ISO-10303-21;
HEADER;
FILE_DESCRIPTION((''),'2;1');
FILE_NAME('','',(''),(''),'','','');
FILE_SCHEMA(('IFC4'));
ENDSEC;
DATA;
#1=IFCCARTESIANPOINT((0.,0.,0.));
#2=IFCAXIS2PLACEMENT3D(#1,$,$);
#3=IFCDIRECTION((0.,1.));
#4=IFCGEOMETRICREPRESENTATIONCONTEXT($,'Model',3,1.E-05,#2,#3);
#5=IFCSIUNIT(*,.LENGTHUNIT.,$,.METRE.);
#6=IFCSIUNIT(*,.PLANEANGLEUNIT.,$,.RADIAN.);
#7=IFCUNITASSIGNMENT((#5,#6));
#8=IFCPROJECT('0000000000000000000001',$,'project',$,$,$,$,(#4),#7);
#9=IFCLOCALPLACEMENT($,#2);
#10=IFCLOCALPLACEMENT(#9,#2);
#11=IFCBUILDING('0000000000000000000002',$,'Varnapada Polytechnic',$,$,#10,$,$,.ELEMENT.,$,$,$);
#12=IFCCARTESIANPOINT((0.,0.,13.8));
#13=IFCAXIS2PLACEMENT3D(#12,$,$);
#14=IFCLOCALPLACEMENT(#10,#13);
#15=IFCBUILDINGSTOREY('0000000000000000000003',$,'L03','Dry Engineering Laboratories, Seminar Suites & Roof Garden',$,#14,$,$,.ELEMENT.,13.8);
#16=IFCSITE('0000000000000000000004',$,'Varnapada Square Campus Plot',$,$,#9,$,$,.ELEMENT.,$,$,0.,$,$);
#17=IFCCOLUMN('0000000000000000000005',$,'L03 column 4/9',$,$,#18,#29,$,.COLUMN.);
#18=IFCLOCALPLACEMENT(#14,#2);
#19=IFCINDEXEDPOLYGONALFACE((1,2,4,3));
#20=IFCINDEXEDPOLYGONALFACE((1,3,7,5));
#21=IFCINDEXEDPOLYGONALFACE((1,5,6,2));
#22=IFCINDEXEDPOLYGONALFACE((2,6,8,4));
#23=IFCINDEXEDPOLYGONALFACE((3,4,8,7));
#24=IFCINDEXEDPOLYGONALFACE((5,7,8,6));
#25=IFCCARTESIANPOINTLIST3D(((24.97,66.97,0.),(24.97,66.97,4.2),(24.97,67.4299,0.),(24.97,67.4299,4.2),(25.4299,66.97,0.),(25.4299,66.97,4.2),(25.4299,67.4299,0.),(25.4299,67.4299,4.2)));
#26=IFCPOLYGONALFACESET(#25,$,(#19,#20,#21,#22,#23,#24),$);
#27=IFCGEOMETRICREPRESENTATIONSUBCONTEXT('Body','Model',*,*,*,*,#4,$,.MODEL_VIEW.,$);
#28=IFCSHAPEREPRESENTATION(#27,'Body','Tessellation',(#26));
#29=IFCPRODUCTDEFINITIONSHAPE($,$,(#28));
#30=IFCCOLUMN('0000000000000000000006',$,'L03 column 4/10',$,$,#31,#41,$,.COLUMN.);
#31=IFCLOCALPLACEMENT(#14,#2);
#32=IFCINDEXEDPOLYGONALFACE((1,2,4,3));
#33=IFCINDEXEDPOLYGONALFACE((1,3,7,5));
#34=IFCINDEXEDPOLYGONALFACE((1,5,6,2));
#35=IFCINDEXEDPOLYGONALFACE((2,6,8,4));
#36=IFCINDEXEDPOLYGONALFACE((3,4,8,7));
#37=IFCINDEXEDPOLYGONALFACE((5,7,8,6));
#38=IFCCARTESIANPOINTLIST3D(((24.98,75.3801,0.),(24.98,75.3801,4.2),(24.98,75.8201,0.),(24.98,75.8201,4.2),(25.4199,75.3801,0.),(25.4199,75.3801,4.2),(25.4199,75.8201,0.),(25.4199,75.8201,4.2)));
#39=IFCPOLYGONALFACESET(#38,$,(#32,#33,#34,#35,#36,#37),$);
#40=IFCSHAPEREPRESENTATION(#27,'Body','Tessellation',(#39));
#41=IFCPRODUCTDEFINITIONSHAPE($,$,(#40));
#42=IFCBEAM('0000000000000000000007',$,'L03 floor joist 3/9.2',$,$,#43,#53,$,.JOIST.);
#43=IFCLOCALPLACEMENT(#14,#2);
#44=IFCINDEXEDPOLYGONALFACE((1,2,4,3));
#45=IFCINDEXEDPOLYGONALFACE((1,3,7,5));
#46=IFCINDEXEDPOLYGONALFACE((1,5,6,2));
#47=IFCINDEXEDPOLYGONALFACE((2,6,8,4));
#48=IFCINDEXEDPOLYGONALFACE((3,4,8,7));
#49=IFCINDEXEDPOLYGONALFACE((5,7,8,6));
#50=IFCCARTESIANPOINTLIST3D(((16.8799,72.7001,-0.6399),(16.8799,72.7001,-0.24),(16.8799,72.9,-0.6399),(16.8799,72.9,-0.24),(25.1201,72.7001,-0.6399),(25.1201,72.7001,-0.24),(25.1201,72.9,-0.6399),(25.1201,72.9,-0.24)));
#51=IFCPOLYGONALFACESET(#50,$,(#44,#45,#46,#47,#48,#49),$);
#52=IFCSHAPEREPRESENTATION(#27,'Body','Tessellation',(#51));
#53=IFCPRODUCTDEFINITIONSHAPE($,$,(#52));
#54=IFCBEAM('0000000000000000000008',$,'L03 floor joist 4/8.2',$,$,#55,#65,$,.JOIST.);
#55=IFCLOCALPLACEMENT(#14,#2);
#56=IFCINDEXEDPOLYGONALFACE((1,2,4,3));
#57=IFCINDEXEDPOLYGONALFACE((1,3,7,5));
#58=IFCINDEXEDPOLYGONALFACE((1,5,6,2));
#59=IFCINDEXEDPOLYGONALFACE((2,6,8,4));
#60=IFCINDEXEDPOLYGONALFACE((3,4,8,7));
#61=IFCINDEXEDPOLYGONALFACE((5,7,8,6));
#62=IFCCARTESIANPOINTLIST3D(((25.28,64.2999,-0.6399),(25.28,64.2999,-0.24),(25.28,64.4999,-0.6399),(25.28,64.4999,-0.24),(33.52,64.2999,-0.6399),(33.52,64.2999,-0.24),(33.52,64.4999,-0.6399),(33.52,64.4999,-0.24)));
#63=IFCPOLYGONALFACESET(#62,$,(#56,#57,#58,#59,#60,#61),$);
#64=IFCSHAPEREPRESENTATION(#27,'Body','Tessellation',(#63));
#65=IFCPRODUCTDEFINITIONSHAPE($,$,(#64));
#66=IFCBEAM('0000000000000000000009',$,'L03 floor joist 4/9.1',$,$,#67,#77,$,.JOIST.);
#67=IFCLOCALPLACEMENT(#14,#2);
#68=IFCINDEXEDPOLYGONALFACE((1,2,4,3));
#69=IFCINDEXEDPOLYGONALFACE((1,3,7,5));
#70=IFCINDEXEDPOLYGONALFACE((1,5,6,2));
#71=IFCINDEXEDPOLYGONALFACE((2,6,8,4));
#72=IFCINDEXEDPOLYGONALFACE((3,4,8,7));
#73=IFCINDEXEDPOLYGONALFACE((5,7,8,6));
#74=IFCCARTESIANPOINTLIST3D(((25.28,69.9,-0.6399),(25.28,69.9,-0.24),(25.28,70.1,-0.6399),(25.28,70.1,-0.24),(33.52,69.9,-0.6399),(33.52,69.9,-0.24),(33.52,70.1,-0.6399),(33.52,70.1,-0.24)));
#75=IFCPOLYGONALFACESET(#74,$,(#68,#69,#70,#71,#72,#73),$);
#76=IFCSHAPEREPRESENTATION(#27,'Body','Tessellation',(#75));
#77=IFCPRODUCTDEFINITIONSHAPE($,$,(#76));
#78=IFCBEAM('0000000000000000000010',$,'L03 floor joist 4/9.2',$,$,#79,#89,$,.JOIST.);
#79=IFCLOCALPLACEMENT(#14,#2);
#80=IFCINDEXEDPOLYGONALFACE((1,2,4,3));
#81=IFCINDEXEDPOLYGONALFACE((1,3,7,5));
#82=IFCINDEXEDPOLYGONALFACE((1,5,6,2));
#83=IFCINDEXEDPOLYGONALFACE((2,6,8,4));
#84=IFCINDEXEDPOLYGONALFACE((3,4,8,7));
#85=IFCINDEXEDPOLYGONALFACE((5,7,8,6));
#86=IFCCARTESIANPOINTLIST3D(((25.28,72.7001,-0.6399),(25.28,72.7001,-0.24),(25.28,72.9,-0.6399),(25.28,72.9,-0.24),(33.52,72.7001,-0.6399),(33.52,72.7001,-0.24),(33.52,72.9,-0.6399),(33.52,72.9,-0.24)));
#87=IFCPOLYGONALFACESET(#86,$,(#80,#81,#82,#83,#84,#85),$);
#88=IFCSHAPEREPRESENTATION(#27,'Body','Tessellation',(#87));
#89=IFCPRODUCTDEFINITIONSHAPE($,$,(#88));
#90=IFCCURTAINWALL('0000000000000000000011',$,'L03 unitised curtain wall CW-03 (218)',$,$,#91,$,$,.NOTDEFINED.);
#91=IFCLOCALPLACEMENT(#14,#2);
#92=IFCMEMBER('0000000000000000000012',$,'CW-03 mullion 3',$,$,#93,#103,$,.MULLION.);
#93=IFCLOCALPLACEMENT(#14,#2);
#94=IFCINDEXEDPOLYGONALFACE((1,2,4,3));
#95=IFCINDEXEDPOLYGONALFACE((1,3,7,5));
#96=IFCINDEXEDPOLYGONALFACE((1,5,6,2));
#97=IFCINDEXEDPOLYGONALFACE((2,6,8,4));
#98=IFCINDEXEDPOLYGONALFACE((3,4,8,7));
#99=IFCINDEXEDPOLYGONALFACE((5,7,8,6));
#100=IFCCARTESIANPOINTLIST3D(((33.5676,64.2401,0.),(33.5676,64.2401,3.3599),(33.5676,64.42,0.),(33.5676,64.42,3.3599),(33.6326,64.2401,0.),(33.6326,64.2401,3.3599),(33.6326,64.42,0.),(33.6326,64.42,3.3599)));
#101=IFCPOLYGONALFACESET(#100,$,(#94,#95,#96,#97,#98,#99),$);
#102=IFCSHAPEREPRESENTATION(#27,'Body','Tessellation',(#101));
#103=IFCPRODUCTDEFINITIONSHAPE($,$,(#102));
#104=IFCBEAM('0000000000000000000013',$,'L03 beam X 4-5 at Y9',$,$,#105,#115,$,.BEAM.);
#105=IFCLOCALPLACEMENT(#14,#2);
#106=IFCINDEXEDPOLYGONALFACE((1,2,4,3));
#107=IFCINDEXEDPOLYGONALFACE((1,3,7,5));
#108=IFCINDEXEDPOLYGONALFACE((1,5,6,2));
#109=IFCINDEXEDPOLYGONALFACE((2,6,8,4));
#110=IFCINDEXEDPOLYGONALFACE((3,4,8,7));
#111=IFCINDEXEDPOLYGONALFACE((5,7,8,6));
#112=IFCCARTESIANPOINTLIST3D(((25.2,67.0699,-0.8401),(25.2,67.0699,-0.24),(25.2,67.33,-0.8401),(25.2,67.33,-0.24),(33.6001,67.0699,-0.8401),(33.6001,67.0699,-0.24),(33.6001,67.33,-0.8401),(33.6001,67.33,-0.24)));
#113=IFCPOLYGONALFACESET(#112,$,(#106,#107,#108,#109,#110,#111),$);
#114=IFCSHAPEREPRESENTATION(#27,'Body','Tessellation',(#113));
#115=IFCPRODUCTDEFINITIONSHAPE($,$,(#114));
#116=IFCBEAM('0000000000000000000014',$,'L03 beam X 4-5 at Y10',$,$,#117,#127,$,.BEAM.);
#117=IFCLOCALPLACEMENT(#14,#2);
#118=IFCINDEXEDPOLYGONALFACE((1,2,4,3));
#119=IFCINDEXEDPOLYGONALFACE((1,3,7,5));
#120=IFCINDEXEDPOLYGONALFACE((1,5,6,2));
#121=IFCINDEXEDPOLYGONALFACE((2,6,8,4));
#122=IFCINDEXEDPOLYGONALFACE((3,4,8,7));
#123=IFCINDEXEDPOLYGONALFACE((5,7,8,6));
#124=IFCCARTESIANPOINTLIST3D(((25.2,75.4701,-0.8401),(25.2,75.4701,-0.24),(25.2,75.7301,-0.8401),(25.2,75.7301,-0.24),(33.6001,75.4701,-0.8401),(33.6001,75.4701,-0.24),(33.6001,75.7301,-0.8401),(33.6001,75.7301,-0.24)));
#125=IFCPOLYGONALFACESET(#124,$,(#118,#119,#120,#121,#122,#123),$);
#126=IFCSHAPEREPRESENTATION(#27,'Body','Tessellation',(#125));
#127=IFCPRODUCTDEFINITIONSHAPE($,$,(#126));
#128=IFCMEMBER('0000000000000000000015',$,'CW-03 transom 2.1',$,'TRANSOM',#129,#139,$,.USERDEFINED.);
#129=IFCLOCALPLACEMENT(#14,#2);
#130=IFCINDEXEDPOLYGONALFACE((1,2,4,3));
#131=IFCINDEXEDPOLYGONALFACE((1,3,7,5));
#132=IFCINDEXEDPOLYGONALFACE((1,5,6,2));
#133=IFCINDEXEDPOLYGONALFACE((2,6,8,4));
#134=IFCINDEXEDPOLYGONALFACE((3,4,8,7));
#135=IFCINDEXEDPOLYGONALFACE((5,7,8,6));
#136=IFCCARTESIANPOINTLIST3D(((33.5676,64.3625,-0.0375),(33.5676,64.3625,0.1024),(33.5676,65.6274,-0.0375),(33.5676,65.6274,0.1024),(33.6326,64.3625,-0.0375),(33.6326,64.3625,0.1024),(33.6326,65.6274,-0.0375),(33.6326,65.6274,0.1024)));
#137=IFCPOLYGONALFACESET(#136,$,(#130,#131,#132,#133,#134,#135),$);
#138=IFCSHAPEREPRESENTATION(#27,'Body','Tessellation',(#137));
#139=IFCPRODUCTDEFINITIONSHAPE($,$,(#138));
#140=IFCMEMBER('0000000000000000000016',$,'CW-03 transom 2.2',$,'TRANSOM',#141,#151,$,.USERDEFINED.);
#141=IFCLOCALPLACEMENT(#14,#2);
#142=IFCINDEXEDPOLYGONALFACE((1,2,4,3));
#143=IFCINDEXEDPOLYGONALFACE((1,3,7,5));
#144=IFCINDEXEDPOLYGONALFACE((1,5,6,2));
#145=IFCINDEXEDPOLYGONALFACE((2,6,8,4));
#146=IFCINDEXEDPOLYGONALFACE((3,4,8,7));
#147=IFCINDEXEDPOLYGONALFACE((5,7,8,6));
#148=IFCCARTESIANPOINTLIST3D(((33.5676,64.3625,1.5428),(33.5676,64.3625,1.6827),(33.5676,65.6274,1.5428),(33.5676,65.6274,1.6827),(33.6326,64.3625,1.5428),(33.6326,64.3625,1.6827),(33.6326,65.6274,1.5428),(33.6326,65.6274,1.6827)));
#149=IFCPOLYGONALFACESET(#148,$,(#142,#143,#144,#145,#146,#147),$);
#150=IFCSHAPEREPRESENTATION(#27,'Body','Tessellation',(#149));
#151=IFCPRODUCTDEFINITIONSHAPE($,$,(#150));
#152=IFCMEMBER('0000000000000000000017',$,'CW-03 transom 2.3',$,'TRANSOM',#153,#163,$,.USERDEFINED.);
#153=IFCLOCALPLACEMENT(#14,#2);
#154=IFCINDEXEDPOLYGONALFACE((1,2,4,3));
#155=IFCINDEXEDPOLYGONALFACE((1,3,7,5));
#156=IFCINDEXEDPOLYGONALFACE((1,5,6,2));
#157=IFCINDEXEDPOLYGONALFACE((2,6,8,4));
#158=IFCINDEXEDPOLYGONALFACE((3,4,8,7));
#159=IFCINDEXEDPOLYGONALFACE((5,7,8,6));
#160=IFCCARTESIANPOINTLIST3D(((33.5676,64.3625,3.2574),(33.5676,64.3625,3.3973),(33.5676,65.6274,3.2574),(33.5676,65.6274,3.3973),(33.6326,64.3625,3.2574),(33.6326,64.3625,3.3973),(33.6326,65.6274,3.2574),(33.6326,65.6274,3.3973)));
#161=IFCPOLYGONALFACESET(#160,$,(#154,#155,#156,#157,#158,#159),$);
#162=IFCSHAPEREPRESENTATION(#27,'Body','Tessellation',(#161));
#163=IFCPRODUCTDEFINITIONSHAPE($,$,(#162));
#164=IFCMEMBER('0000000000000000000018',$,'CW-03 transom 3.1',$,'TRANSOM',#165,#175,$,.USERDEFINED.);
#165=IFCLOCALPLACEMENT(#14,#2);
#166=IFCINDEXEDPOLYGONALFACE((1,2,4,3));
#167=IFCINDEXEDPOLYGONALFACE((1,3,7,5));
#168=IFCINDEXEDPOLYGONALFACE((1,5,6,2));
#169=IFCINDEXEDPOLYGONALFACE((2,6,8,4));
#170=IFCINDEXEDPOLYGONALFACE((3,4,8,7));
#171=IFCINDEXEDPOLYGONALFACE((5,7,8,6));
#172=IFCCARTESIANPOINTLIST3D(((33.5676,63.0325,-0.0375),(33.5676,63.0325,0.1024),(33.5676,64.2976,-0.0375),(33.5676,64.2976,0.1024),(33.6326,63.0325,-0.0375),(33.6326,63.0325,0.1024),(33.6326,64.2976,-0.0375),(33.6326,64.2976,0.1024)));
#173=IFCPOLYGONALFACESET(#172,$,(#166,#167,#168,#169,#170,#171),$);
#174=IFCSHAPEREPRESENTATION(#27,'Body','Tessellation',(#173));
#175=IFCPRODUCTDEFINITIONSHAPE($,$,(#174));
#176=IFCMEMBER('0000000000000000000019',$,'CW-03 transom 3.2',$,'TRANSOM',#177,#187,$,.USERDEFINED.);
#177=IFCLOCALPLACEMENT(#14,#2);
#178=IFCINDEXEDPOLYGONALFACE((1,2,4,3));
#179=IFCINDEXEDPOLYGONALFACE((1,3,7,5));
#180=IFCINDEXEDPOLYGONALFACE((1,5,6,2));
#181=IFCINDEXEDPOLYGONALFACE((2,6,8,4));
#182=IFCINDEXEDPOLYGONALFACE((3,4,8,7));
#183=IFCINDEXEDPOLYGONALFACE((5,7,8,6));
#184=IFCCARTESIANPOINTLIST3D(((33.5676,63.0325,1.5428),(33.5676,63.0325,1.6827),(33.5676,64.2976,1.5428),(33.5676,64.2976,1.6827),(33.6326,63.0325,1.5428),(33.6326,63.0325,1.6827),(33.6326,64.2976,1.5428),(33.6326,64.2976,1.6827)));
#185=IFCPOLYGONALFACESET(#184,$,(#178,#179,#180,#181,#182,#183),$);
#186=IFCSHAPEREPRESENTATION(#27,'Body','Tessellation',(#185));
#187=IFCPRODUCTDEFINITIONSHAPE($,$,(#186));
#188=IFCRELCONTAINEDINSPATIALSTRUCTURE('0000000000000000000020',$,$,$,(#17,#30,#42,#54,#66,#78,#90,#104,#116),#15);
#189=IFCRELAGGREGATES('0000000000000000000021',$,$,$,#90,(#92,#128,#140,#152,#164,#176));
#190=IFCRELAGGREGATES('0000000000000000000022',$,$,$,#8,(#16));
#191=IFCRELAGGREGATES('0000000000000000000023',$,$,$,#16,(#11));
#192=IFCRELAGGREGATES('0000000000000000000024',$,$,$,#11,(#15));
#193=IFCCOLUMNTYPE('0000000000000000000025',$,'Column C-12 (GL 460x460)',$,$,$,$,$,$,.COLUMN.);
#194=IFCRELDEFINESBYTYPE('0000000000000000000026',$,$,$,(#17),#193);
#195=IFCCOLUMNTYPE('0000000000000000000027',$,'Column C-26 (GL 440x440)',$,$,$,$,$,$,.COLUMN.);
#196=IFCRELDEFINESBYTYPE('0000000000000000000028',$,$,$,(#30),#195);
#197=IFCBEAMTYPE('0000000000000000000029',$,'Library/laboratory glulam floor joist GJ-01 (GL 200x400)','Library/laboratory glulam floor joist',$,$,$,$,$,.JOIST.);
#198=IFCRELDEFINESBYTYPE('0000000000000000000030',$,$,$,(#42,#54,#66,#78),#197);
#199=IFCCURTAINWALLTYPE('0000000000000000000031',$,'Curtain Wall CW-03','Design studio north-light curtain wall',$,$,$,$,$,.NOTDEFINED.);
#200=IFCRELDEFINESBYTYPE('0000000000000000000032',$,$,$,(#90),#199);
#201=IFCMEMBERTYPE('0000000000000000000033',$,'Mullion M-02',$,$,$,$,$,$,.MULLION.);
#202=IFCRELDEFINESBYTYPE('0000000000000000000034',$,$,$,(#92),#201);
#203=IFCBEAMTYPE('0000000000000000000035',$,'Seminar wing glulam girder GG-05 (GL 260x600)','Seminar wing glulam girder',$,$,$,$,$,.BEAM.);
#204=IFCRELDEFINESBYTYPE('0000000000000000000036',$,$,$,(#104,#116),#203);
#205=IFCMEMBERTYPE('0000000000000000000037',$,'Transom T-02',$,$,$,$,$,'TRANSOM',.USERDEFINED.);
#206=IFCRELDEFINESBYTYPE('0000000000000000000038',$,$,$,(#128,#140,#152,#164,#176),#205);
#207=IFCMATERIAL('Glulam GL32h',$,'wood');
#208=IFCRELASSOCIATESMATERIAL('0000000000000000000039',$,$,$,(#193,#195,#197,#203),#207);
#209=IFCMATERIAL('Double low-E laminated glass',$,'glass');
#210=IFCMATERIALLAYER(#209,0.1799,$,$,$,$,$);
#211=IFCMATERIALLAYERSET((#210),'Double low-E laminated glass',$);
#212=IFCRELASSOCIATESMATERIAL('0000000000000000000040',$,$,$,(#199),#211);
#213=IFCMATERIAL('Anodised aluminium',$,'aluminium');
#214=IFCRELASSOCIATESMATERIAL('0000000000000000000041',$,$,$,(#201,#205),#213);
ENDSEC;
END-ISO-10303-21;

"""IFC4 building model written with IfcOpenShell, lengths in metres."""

from ifc_helpers import new_model, si_unit, direction, frame, origin, origin_2d, place, context, subcontext, project, spatial, rectangle, extrude, material, layer, layer_set, material_profile, profile_set, type_object, element, aggregate, save


model = new_model("IFC4")

# Units and contexts
model_context = context("Model", 3, precision=1e-05, world=origin(), true_north=direction((0.0, 1.0)))
body_context = subcontext(model_context, "Body", "Model", "MODEL_VIEW")
ifc_project = project(units=[si_unit("LENGTHUNIT", "METRE"), si_unit("PLANEANGLEUNIT", "RADIAN")], contexts=[model_context])

# Site, building, storey
site_placement = place(None, origin())
site = spatial("IfcSite", under=ifc_project, at=site_placement, Name="Varnapada Square Campus Plot", CompositionType="ELEMENT", RefElevation=0.0)
building_placement = place(site_placement, origin())
building = spatial("IfcBuilding", under=site, at=building_placement, Name="Varnapada Polytechnic", CompositionType="ELEMENT")
storey_placement = place(building_placement, frame((0.0, 0.0, 13.8)))
storey = spatial("IfcBuildingStorey", under=building, at=storey_placement, Name="L03", Description="Dry Engineering Laboratories, Seminar Suites & Roof Garden", CompositionType="ELEMENT", Elevation=13.8)

# Columns
ifc_material_1 = material(Name="Glulam GL32h", Category="wood")
ifc_material_profile_1 = material_profile(ifc_material_1, rectangle(XDim=0.46, YDim=0.46, at=origin_2d()), Name="GL 460x460")
ifc_profile_set_1 = profile_set([ifc_material_profile_1], Name="Glulam GL32h")
column_type_1 = type_object("IfcColumnType", Name="Column C-12 (GL 460x460)", PredefinedType="COLUMN", material=ifc_profile_set_1)
column_1_placement = place(storey_placement, frame((25.2, 67.2, 0.0), z_axis=(0.0, 0.0, 1.0), x_axis=(1.0, 0.0, 0.0)))
element("IfcColumn", 1, at=column_1_placement, inside=storey, type_object=column_type_1, Name="L03 column 4/9", PredefinedType="COLUMN", context=body_context, shape_type="SweptSolid", body=[
    extrude(rectangle(XDim=0.46, YDim=0.46, at=origin_2d()), origin(), (0.0, 0.0, 1.0), 4.2),
])
ifc_material_profile_2 = material_profile(ifc_material_1, rectangle(XDim=0.4399, YDim=0.4399, at=origin_2d()), Name="GL 440x440")
ifc_profile_set_2 = profile_set([ifc_material_profile_2], Name="Glulam GL32h")
column_type_2 = type_object("IfcColumnType", Name="Column C-26 (GL 440x440)", PredefinedType="COLUMN", material=ifc_profile_set_2)
column_2_placement = place(storey_placement, frame((25.2, 75.6001, 0.0), z_axis=(0.0, 0.0, 1.0), x_axis=(1.0, 0.0, 0.0)))
element("IfcColumn", 2, at=column_2_placement, inside=storey, type_object=column_type_2, Name="L03 column 4/10", PredefinedType="COLUMN", context=body_context, shape_type="SweptSolid", body=[
    extrude(rectangle(XDim=0.4399, YDim=0.4399, at=origin_2d()), origin(), (0.0, 0.0, 1.0), 4.2),
])

# Beams
ifc_material_profile_3 = material_profile(ifc_material_1, rectangle(XDim=0.2, YDim=0.3999, at=origin_2d()), Name="GL 200x400")
ifc_profile_set_3 = profile_set([ifc_material_profile_3], Name="Glulam GL32h")
beam_type_1 = type_object("IfcBeamType", Name="Library/laboratory glulam floor joist GJ-01 (GL 200x400)", Description="Library/laboratory glulam floor joist", PredefinedType="JOIST", material=ifc_profile_set_3)
beam_1_placement = place(storey_placement, frame((16.8799, 72.8, -0.4399), z_axis=(1.0, 0.0, 0.0), x_axis=(0.0, 1.0, 0.0)))
element("IfcBeam", 3, at=beam_1_placement, inside=storey, type_object=beam_type_1, Name="L03 floor joist 3/9.2", PredefinedType="JOIST", context=body_context, shape_type="SweptSolid", body=[
    extrude(rectangle(XDim=0.2, YDim=0.3999, at=origin_2d()), origin(), (0.0, 0.0, 1.0), 8.2402),
])
for number, where, z_axis, x_axis, name in (
    (4, (25.28, 64.3999, -0.4399), (1.0, 0.0, 0.0), (0.0, 1.0, 0.0), "L03 floor joist 4/8.2"),
    (5, (25.28, 70.0, -0.4399), (1.0, 0.0, 0.0), (0.0, 1.0, 0.0), "L03 floor joist 4/9.1"),
    (6, (25.28, 72.8, -0.4399), (1.0, 0.0, 0.0), (0.0, 1.0, 0.0), "L03 floor joist 4/9.2"),
):
    element("IfcBeam", number, at=place(storey_placement, frame(where, z_axis=z_axis, x_axis=x_axis)), inside=storey, type_object=beam_type_1, Name=name, PredefinedType="JOIST", context=body_context, shape_type="SweptSolid", body=[
        extrude(rectangle(XDim=0.2, YDim=0.3999, at=origin_2d()), origin(), (0.0, 0.0, 1.0), 8.24),
    ])

# Curtain wall, member
ifc_material_2 = material(Name="Double low-E laminated glass", Category="glass")
ifc_layer_1 = layer(ifc_material_2, 0.1799)
ifc_layer_set_1 = layer_set([ifc_layer_1], Name="Double low-E laminated glass")
curtain_wall_type = type_object("IfcCurtainWallType", Name="Curtain Wall CW-03", Description="Design studio north-light curtain wall", PredefinedType="NOTDEFINED", material=ifc_layer_set_1)
curtain_wall_placement = place(storey_placement, origin())
curtain_wall = element("IfcCurtainWall", 7, at=curtain_wall_placement, inside=storey, type_object=curtain_wall_type, Name="L03 unitised curtain wall CW-03 (218)", PredefinedType="NOTDEFINED")
ifc_material_3 = material(Name="Anodised aluminium", Category="aluminium")
ifc_material_profile_4 = material_profile(ifc_material_3, rectangle(XDim=0.0649, YDim=0.1799, at=origin_2d()), Name="ALU M65x180")
ifc_profile_set_4 = profile_set([ifc_material_profile_4], Name="Anodised aluminium")
member_type_1 = type_object("IfcMemberType", Name="Mullion M-02", PredefinedType="MULLION", material=ifc_profile_set_4)
member_1_placement = place(storey_placement, frame((33.6001, 64.3301, 0.0), z_axis=(0.0, 0.0, 1.0), x_axis=(1.0, 0.0, 0.0)))
member_1 = element("IfcMember", 8, at=member_1_placement, type_object=member_type_1, Name="CW-03 mullion 3", PredefinedType="MULLION", context=body_context, shape_type="SweptSolid", body=[
    extrude(rectangle(XDim=0.0649, YDim=0.1799, at=origin_2d()), origin(), (0.0, 0.0, 1.0), 3.3599),
])

# Beams
ifc_material_profile_5 = material_profile(ifc_material_1, rectangle(XDim=0.26, YDim=0.6001, at=origin_2d()), Name="GL 260x600")
ifc_profile_set_5 = profile_set([ifc_material_profile_5], Name="Glulam GL32h")
beam_type_2 = type_object("IfcBeamType", Name="Seminar wing glulam girder GG-05 (GL 260x600)", Description="Seminar wing glulam girder", PredefinedType="BEAM", material=ifc_profile_set_5)
for number, where, z_axis, x_axis, name in (
    (9, (25.2, 67.2, -0.54), (1.0, 0.0, 0.0), (0.0, 1.0, 0.0), "L03 beam X 4-5 at Y9"),
    (10, (25.2, 75.6001, -0.54), (1.0, 0.0, 0.0), (0.0, 1.0, 0.0), "L03 beam X 4-5 at Y10"),
):
    element("IfcBeam", number, at=place(storey_placement, frame(where, z_axis=z_axis, x_axis=x_axis)), inside=storey, type_object=beam_type_2, Name=name, PredefinedType="BEAM", context=body_context, shape_type="SweptSolid", body=[
        extrude(rectangle(XDim=0.26, YDim=0.6001, at=origin_2d()), origin(), (0.0, 0.0, 1.0), 8.4001),
    ])

# Members
ifc_material_profile_6 = material_profile(ifc_material_3, rectangle(XDim=0.0649, YDim=0.1399, at=origin_2d()), Name="ALU T65x140")
ifc_profile_set_6 = profile_set([ifc_material_profile_6], Name="Anodised aluminium")
member_type_2 = type_object("IfcMemberType", Name="Transom T-02", ElementType="TRANSOM", PredefinedType="USERDEFINED", material=ifc_profile_set_6)
member_2_placement = place(storey_placement, frame((33.6001, 65.6274, 0.0325), z_axis=(0.0, -1.0, 0.0), x_axis=(1.0, 0.0, 0.0)))
member_2 = element("IfcMember", 11, at=member_2_placement, type_object=member_type_2, Name="CW-03 transom 2.1", ObjectType="TRANSOM", PredefinedType="USERDEFINED", context=body_context, shape_type="SweptSolid", body=[
    extrude(rectangle(XDim=0.0649, YDim=0.1399, at=origin_2d()), origin(), (0.0, 0.0, 1.0), 1.2649),
])
member_3_placement = place(storey_placement, frame((33.6001, 65.6274, 1.6128), z_axis=(0.0, -1.0, 0.0), x_axis=(1.0, 0.0, 0.0)))
member_3 = element("IfcMember", 12, at=member_3_placement, type_object=member_type_2, Name="CW-03 transom 2.2", ObjectType="TRANSOM", PredefinedType="USERDEFINED", context=body_context, shape_type="SweptSolid", body=[
    extrude(rectangle(XDim=0.0649, YDim=0.1399, at=origin_2d()), origin(), (0.0, 0.0, 1.0), 1.2649),
])
member_4_placement = place(storey_placement, frame((33.6001, 65.6274, 3.3274), z_axis=(0.0, -1.0, 0.0), x_axis=(1.0, 0.0, 0.0)))
member_4 = element("IfcMember", 13, at=member_4_placement, type_object=member_type_2, Name="CW-03 transom 2.3", ObjectType="TRANSOM", PredefinedType="USERDEFINED", context=body_context, shape_type="SweptSolid", body=[
    extrude(rectangle(XDim=0.0649, YDim=0.1399, at=origin_2d()), origin(), (0.0, 0.0, 1.0), 1.2649),
])
member_5_placement = place(storey_placement, frame((33.6001, 64.2976, 0.0325), z_axis=(0.0, -1.0, 0.0), x_axis=(1.0, 0.0, 0.0)))
member_5 = element("IfcMember", 14, at=member_5_placement, type_object=member_type_2, Name="CW-03 transom 3.1", ObjectType="TRANSOM", PredefinedType="USERDEFINED", context=body_context, shape_type="SweptSolid", body=[
    extrude(rectangle(XDim=0.0649, YDim=0.1399, at=origin_2d()), origin(), (0.0, 0.0, 1.0), 1.2651),
])
member_6_placement = place(storey_placement, frame((33.6001, 64.2976, 1.6128), z_axis=(0.0, -1.0, 0.0), x_axis=(1.0, 0.0, 0.0)))
member_6 = element("IfcMember", 15, at=member_6_placement, type_object=member_type_2, Name="CW-03 transom 3.2", ObjectType="TRANSOM", PredefinedType="USERDEFINED", context=body_context, shape_type="SweptSolid", body=[
    extrude(rectangle(XDim=0.0649, YDim=0.1399, at=origin_2d()), origin(), (0.0, 0.0, 1.0), 1.2651),
])

aggregate(curtain_wall, [member_1, member_2, member_3, member_4, member_5, member_6])

save(model, "model.ifc")
